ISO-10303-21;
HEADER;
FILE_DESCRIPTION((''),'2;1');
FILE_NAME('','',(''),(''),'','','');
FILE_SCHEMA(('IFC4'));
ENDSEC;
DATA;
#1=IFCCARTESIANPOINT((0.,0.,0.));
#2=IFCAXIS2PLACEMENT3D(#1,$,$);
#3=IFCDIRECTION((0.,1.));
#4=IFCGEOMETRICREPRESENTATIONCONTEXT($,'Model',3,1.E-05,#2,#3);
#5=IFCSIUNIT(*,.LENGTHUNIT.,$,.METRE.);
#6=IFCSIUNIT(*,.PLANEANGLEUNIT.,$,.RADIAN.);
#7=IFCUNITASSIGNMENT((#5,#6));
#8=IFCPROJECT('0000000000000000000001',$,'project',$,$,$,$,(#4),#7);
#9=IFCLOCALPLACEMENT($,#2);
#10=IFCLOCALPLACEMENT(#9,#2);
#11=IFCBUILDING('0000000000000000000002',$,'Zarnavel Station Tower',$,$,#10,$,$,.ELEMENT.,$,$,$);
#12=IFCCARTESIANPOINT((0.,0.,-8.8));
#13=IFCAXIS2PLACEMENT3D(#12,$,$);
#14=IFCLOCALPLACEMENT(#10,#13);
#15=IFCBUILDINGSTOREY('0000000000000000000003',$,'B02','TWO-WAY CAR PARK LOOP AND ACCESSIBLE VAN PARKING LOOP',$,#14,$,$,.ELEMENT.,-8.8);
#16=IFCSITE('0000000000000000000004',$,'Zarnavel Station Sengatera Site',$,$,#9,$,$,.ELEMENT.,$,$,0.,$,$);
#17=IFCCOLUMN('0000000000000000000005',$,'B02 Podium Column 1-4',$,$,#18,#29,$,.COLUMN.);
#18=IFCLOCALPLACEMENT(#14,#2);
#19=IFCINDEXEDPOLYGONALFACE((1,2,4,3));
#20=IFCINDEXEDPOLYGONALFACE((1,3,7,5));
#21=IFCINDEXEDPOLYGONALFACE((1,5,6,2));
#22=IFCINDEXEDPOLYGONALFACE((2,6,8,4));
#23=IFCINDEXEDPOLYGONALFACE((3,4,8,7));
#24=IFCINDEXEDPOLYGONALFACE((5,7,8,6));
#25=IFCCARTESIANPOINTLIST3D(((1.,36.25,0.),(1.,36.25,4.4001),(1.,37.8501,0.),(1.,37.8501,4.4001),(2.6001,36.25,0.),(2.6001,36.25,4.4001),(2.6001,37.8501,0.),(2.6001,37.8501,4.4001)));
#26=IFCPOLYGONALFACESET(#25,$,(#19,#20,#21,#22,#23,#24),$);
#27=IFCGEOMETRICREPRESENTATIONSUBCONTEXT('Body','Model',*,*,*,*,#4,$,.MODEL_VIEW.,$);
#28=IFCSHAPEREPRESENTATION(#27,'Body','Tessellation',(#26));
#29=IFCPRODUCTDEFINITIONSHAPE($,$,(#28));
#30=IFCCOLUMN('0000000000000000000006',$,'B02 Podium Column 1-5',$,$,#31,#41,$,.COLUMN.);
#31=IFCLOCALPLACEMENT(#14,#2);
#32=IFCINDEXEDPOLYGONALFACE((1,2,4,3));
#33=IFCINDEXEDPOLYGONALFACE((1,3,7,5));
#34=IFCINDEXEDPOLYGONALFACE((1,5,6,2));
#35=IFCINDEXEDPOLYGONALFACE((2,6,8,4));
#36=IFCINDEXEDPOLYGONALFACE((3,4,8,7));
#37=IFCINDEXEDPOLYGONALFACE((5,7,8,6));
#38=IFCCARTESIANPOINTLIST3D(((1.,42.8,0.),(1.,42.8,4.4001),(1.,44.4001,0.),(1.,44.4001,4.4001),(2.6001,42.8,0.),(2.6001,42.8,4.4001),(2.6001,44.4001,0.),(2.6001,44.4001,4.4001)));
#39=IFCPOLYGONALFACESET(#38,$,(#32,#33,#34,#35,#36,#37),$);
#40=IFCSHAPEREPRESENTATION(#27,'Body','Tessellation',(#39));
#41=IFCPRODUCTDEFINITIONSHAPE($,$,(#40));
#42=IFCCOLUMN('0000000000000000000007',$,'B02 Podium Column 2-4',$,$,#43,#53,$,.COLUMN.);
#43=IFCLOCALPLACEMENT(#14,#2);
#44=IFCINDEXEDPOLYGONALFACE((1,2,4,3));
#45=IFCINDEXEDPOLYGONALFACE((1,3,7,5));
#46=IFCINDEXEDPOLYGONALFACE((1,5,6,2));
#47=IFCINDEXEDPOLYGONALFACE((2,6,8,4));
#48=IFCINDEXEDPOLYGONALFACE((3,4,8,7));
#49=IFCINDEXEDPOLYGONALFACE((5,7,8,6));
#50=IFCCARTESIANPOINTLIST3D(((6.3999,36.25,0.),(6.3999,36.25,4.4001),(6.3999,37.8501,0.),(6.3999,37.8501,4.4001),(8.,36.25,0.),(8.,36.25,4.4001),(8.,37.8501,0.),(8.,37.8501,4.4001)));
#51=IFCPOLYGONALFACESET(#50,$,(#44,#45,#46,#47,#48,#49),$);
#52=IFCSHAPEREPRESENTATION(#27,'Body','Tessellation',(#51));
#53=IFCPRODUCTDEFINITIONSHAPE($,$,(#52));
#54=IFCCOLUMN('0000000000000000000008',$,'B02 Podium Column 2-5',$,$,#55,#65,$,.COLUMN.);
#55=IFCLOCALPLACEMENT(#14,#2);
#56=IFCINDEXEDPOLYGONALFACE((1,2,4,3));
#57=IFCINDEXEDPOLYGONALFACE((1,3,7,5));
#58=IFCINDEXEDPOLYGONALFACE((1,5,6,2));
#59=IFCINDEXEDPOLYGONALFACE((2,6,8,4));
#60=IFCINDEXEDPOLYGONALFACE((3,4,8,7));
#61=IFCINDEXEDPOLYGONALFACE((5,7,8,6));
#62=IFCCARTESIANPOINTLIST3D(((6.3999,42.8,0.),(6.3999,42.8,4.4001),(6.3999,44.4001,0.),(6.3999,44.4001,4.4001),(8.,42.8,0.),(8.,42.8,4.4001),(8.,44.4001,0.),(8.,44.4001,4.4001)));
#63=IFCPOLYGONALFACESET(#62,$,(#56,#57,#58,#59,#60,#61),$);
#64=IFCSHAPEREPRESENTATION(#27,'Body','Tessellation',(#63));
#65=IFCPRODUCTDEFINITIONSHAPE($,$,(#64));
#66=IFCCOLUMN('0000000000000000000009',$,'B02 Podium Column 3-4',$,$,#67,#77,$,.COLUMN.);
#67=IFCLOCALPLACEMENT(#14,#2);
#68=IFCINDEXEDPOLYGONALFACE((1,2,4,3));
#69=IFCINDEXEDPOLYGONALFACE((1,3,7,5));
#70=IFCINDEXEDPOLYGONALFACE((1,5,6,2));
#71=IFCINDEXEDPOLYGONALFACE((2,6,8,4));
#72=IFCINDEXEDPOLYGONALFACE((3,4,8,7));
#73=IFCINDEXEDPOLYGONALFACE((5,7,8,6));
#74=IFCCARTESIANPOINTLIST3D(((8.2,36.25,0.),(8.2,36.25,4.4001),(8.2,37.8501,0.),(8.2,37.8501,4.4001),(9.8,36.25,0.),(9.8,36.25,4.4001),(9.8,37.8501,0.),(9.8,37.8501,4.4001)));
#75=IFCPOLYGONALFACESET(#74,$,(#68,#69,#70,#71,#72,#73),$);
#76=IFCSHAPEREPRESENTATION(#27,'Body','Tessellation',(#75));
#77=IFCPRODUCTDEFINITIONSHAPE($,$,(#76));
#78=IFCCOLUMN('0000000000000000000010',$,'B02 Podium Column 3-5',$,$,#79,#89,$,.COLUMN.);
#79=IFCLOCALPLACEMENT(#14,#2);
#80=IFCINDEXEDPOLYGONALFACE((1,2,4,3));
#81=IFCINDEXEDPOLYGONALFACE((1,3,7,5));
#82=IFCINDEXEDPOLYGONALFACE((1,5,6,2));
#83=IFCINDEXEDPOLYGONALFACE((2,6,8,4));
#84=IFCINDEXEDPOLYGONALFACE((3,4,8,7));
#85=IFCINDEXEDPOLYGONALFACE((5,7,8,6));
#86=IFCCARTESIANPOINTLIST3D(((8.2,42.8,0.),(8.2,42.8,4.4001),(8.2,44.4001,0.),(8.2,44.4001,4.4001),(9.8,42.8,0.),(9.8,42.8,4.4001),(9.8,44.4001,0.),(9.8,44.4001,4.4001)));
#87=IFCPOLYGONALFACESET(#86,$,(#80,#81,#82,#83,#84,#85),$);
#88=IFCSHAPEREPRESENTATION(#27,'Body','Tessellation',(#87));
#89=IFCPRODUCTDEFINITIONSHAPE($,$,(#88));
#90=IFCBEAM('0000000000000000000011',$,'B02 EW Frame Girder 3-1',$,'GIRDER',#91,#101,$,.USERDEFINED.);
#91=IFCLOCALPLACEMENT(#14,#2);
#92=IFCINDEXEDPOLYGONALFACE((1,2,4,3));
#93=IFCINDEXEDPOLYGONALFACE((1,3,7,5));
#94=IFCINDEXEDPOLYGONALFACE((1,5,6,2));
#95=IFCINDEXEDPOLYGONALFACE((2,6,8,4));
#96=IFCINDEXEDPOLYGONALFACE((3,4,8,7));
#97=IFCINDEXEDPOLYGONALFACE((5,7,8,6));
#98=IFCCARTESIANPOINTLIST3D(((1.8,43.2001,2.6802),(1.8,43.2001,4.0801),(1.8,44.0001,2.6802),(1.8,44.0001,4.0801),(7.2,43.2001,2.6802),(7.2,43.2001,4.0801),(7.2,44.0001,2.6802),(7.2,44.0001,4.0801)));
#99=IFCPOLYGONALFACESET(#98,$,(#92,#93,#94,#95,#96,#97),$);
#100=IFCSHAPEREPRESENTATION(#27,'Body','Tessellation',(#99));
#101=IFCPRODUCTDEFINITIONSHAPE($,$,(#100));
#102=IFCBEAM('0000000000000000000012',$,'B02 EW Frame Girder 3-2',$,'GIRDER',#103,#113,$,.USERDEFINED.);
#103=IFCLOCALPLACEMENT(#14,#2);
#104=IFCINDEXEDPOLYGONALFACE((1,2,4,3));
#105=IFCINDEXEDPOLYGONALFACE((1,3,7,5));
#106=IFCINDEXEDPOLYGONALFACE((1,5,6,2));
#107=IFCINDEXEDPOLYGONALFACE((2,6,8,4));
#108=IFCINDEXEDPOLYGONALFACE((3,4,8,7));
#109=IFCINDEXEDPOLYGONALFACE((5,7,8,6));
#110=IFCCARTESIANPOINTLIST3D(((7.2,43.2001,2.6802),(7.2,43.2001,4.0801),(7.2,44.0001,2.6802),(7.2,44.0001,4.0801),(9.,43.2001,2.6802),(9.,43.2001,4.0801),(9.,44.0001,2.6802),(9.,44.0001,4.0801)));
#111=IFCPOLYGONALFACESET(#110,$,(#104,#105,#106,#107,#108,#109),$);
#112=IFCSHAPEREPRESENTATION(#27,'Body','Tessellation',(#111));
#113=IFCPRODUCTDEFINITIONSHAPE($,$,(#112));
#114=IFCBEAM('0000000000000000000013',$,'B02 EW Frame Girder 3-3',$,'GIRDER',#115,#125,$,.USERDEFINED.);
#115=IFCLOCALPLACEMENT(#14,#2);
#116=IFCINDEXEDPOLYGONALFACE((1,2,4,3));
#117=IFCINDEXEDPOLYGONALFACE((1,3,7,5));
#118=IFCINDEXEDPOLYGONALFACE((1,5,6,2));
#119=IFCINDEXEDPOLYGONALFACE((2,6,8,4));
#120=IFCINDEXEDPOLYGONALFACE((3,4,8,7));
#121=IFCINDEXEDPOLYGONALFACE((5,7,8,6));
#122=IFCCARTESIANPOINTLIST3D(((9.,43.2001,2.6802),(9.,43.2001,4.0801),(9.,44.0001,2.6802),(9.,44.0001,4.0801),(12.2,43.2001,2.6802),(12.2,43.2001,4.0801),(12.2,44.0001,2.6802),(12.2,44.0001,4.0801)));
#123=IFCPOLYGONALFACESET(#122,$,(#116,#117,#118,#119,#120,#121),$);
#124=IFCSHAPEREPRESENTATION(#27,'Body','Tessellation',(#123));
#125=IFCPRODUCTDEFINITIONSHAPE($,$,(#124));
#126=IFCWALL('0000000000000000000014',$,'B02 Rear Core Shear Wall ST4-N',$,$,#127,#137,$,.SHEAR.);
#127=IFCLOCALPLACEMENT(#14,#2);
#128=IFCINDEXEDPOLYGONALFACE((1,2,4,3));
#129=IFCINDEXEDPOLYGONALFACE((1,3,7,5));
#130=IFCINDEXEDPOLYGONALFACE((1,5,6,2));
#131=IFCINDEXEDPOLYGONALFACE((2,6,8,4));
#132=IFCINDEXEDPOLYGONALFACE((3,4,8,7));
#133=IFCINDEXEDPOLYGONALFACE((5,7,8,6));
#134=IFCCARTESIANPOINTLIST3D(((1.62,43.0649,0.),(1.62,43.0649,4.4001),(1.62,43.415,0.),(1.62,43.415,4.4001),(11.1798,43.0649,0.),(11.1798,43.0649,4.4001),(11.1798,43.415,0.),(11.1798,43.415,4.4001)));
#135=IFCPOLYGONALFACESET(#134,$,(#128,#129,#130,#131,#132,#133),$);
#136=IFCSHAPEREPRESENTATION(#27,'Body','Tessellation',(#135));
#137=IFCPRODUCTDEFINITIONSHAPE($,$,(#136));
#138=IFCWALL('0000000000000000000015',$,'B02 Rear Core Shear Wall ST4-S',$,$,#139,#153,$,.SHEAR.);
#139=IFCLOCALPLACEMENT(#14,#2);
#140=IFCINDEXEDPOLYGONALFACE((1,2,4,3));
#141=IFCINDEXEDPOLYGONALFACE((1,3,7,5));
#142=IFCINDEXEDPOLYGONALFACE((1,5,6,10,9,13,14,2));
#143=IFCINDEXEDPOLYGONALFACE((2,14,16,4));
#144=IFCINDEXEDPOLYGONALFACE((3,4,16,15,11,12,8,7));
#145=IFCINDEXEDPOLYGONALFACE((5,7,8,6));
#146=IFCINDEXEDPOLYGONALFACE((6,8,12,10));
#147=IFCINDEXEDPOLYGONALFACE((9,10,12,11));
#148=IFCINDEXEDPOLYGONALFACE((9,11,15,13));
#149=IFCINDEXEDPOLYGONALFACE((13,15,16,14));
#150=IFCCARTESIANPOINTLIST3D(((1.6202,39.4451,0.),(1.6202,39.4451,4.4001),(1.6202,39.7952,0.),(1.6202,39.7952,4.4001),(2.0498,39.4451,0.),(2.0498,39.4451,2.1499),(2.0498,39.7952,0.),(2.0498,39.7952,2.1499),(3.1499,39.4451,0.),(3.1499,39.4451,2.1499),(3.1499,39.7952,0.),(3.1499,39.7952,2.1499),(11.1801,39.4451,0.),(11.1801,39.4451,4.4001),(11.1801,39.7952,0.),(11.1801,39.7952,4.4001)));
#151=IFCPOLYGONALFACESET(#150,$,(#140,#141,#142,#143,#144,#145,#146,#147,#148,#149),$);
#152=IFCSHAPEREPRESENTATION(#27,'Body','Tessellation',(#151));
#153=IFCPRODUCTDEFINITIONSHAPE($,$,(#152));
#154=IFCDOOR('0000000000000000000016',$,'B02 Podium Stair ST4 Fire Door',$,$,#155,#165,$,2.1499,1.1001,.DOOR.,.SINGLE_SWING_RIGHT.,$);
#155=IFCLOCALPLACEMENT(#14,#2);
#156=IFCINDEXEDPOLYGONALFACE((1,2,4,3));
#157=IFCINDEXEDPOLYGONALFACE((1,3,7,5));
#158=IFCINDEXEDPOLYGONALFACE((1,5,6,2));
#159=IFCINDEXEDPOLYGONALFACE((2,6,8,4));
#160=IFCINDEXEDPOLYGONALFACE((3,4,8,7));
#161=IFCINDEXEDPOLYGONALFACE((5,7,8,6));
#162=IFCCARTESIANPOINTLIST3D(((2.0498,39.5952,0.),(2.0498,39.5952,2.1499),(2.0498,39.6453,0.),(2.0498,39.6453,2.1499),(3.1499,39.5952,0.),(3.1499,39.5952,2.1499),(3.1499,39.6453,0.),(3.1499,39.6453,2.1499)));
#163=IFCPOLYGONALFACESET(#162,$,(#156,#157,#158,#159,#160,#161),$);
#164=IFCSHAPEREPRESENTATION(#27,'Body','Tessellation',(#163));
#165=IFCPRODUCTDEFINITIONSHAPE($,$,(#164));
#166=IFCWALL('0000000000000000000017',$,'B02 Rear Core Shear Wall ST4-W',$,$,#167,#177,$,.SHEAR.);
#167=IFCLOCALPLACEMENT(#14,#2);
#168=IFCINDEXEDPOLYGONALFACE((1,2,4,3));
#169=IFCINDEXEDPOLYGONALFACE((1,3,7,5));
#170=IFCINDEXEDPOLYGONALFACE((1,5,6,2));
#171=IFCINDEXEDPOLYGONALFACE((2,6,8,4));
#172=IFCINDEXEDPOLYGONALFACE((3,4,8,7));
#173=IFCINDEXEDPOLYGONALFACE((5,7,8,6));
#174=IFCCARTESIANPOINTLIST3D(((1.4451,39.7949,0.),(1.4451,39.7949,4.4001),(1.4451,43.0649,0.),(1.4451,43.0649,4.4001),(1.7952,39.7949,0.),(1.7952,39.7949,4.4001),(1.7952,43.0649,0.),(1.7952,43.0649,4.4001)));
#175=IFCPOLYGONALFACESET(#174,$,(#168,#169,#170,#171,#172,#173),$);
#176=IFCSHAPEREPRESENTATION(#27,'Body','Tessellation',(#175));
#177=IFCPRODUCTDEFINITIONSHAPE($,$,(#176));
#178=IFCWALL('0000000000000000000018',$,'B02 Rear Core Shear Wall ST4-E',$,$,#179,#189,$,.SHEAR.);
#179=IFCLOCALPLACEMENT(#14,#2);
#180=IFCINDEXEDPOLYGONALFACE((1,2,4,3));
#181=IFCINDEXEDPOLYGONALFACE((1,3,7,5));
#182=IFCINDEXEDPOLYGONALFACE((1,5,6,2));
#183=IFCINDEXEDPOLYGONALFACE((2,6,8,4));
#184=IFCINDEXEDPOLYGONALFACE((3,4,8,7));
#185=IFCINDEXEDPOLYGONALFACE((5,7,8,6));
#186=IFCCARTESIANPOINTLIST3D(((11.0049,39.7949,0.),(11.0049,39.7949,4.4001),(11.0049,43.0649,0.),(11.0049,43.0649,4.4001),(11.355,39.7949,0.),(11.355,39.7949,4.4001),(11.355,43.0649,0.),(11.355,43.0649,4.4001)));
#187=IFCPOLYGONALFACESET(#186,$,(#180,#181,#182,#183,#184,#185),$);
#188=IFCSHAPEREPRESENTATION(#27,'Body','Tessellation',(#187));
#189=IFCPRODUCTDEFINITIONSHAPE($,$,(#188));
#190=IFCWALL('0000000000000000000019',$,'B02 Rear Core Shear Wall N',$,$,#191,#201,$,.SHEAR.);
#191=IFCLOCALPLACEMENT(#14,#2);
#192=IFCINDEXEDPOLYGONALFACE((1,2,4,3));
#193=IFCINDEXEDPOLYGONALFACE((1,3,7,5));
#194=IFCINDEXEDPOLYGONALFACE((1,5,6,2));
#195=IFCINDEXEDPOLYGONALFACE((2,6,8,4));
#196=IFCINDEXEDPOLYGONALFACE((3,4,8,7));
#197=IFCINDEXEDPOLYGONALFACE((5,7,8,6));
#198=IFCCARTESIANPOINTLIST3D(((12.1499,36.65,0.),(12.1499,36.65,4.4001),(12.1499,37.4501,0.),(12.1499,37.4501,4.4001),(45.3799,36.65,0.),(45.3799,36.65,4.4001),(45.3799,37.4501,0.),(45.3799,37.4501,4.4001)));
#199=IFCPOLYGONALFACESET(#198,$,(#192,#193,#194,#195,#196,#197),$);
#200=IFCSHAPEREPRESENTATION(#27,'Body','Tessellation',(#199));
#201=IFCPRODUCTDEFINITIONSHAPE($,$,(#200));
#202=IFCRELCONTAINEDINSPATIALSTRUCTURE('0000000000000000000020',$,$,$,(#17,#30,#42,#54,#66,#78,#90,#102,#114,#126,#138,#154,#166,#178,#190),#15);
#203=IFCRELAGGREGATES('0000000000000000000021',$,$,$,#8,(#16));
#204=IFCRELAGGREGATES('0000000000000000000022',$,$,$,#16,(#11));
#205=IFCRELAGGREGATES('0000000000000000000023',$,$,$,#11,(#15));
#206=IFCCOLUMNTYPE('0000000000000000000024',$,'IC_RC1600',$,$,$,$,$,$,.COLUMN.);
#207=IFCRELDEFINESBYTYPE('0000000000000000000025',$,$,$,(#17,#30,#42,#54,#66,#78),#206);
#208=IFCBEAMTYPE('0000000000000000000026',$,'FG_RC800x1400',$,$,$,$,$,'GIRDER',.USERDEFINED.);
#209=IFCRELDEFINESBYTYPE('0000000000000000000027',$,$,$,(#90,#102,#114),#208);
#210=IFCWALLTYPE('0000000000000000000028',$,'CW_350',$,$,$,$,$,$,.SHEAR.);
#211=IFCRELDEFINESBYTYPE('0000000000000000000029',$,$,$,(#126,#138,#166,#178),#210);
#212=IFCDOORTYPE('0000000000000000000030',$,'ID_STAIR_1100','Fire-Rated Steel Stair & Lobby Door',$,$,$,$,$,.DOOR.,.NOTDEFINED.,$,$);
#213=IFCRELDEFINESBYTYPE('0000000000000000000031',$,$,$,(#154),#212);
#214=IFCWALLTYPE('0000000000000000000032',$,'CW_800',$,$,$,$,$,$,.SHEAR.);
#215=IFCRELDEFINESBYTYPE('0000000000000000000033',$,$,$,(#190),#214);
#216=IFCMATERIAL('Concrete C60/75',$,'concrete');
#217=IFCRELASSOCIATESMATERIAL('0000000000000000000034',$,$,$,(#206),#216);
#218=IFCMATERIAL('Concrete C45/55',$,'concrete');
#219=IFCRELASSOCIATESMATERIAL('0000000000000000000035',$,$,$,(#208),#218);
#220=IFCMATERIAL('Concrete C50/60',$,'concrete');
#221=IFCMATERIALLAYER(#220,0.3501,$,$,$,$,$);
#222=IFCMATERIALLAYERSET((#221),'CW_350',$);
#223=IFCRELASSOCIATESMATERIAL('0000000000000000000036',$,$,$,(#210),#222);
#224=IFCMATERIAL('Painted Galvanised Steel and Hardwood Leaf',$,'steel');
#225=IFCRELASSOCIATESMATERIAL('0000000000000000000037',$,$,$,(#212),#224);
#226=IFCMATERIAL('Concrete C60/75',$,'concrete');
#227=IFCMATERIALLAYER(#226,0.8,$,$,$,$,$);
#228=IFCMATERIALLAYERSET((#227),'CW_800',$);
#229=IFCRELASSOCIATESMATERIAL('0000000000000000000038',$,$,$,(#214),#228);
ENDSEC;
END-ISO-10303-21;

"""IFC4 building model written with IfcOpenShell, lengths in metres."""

from ifc_helpers import new_model, si_unit, direction, frame, frame_2d, origin, origin_2d, place, context, subcontext, project, spatial, rectangle, extrude, material, layer, layer_set, material_profile, profile_set, type_object, element, fill, save


model = new_model("IFC4")

# Units and contexts
model_context = context("Model", 3, precision=1e-05, world=origin(), true_north=direction((0.0, 1.0)))
body_context = subcontext(model_context, "Body", "Model", "MODEL_VIEW")
ifc_project = project(units=[si_unit("LENGTHUNIT", "METRE"), si_unit("PLANEANGLEUNIT", "RADIAN")], contexts=[model_context])

# Site, building, storey
site_placement = place(None, origin())
site = spatial("IfcSite", under=ifc_project, at=site_placement, Name="Zarnavel Station Sengatera Site", CompositionType="ELEMENT", RefElevation=0.0)
building_placement = place(site_placement, origin())
building = spatial("IfcBuilding", under=site, at=building_placement, Name="Zarnavel Station Tower", CompositionType="ELEMENT")
storey_placement = place(building_placement, frame((0.0, 0.0, -8.8)))
storey = spatial("IfcBuildingStorey", under=building, at=storey_placement, Name="B02", Description="TWO-WAY CAR PARK LOOP AND ACCESSIBLE VAN PARKING LOOP", CompositionType="ELEMENT", Elevation=-8.8)

# Columns
ifc_material_1 = material(Name="Concrete C60/75", Category="concrete")
ifc_material_profile_1 = material_profile(ifc_material_1, rectangle(XDim=1.6001, YDim=1.6001, at=origin_2d()), Name="RC1600x1600")
ifc_profile_set_1 = profile_set([ifc_material_profile_1], Name="Concrete C60/75")
column_type = type_object("IfcColumnType", Name="IC_RC1600", PredefinedType="COLUMN", material=ifc_profile_set_1)
for number, where, z_axis, x_axis, name in (
    (1, (1.8, 37.05, 0.0), (0.0, 0.0, 1.0), (1.0, 0.0, 0.0), "B02 Podium Column 1-4"),
    (2, (1.8, 43.6001, 0.0), (0.0, 0.0, 1.0), (1.0, 0.0, 0.0), "B02 Podium Column 1-5"),
    (3, (7.2, 37.05, 0.0), (0.0, 0.0, 1.0), (1.0, 0.0, 0.0), "B02 Podium Column 2-4"),
    (4, (7.2, 43.6001, 0.0), (0.0, 0.0, 1.0), (1.0, 0.0, 0.0), "B02 Podium Column 2-5"),
    (5, (9.0, 37.05, 0.0), (0.0, 0.0, 1.0), (1.0, 0.0, 0.0), "B02 Podium Column 3-4"),
    (6, (9.0, 43.6001, 0.0), (0.0, 0.0, 1.0), (1.0, 0.0, 0.0), "B02 Podium Column 3-5"),
):
    element("IfcColumn", number, at=place(storey_placement, frame(where, z_axis=z_axis, x_axis=x_axis)), inside=storey, type_object=column_type, Name=name, PredefinedType="COLUMN", context=body_context, shape_type="SweptSolid", body=[
        extrude(rectangle(XDim=1.6001, YDim=1.6001, at=origin_2d()), origin(), (0.0, 0.0, 1.0), 4.4001),
    ])

# Beams
ifc_material_2 = material(Name="Concrete C45/55", Category="concrete")
ifc_material_profile_2 = material_profile(ifc_material_2, rectangle(XDim=0.8, YDim=1.3999, at=origin_2d()), Name="RC800x1400")
ifc_profile_set_2 = profile_set([ifc_material_profile_2], Name="Concrete C45/55")
beam_type = type_object("IfcBeamType", Name="FG_RC800x1400", ElementType="GIRDER", PredefinedType="USERDEFINED", material=ifc_profile_set_2)
beam_1_placement = place(storey_placement, frame((1.8, 43.6001, 3.3801), z_axis=(1.0, 0.0, 0.0), x_axis=(0.0, 1.0, 0.0)))
element("IfcBeam", 7, at=beam_1_placement, inside=storey, type_object=beam_type, Name="B02 EW Frame Girder 3-1", ObjectType="GIRDER", PredefinedType="USERDEFINED", context=body_context, shape_type="SweptSolid", body=[
    extrude(rectangle(XDim=0.8, YDim=1.3999, at=origin_2d()), origin(), (0.0, 0.0, 1.0), 5.3999),
])
beam_2_placement = place(storey_placement, frame((7.2, 43.6001, 3.3801), z_axis=(1.0, 0.0, 0.0), x_axis=(0.0, 1.0, 0.0)))
element("IfcBeam", 8, at=beam_2_placement, inside=storey, type_object=beam_type, Name="B02 EW Frame Girder 3-2", ObjectType="GIRDER", PredefinedType="USERDEFINED", context=body_context, shape_type="SweptSolid", body=[
    extrude(rectangle(XDim=0.8, YDim=1.3999, at=origin_2d()), origin(), (0.0, 0.0, 1.0), 1.8),
])
beam_3_placement = place(storey_placement, frame((9.0, 43.6001, 3.3801), z_axis=(1.0, 0.0, 0.0), x_axis=(0.0, 1.0, 0.0)))
element("IfcBeam", 9, at=beam_3_placement, inside=storey, type_object=beam_type, Name="B02 EW Frame Girder 3-3", ObjectType="GIRDER", PredefinedType="USERDEFINED", context=body_context, shape_type="SweptSolid", body=[
    extrude(rectangle(XDim=0.8, YDim=1.3999, at=origin_2d()), origin(), (0.0, 0.0, 1.0), 3.2),
])

# Wall
ifc_material_3 = material(Name="Concrete C50/60", Category="concrete")
ifc_layer_1 = layer(ifc_material_3, 0.3501)
ifc_layer_set_1 = layer_set([ifc_layer_1], Name="CW_350")
wall_type_1 = type_object("IfcWallType", Name="CW_350", PredefinedType="SHEAR", material=ifc_layer_set_1)
wall_1_placement = place(storey_placement, frame((1.6201, 43.24, 0.0), z_axis=(0.0, 0.0, 1.0), x_axis=(1.0, 0.0, 0.0)))
element("IfcWall", 10, at=wall_1_placement, inside=storey, type_object=wall_type_1, Name="B02 Rear Core Shear Wall ST4-N", PredefinedType="SHEAR", context=body_context, shape_type="SweptSolid", body=[
    extrude(rectangle(XDim=9.5598, YDim=0.3501, at=frame_2d((4.7798, 0.0))), origin(), (0.0, 0.0, 1.0), 4.4001),
])

# Wall, opening, door
wall_2_placement = place(storey_placement, frame((11.1799, 39.6201, 0.0), z_axis=(0.0, 0.0, 1.0), x_axis=(-1.0, 0.0, 0.0)))
wall_2 = element("IfcWall", 11, at=wall_2_placement, inside=storey, type_object=wall_type_1, Name="B02 Rear Core Shear Wall ST4-S", PredefinedType="SHEAR", context=body_context, shape_type="SweptSolid", body=[
    extrude(rectangle(XDim=9.5598, YDim=0.3501, at=frame_2d((4.7798, 0.0))), origin(), (0.0, 0.0, 1.0), 4.4001),
])
opening_1_placement = place(wall_2_placement, frame((8.03, 0.0, 0.0)))
opening_1 = element("IfcOpeningElement", 12, at=opening_1_placement, cuts=wall_2, PredefinedType="OPENING", context=body_context, shape_type="SweptSolid", body=[
    extrude(rectangle(XDim=1.1001, YDim=2.1499, at=frame_2d((0.55, 1.075))), frame((0.0, 0.1851, 0.0), z_axis=(0.0, -1.0, 0.0), x_axis=(1.0, 0.0, 0.0)), (0.0, 0.0, 1.0), 0.3701),
])
ifc_material_4 = material(Name="Painted Galvanised Steel and Hardwood Leaf", Category="steel")
door_type_1 = type_object("IfcDoorType", Name="ID_STAIR_1100", Description="Fire-Rated Steel Stair & Lobby Door", OperationType="NOTDEFINED", PredefinedType="DOOR", material=ifc_material_4)
door_1_placement = place(opening_1_placement, origin())
door_1 = element("IfcDoor", 13, at=door_1_placement, inside=storey, type_object=door_type_1, Name="B02 Podium Stair ST4 Fire Door", OperationType="SINGLE_SWING_RIGHT", OverallHeight=2.1499, OverallWidth=1.1001, PredefinedType="DOOR", context=body_context, shape_type="SweptSolid", body=[
    extrude(rectangle(XDim=1.1001, YDim=2.1499, at=frame_2d((0.55, 1.075))), frame((0.0, 0.0249, 0.0), z_axis=(0.0, -1.0, 0.0), x_axis=(1.0, 0.0, 0.0)), (0.0, 0.0, 1.0), 0.05),
])
fill(opening_1, door_1)

# Walls
for number, where, z_axis, x_axis, name in (
    (14, (1.6201, 39.7949, 0.0), (0.0, 0.0, 1.0), (0.0, 1.0, 0.0), "B02 Rear Core Shear Wall ST4-W"),
    (15, (11.1799, 39.7949, 0.0), (0.0, 0.0, 1.0), (0.0, 1.0, 0.0), "B02 Rear Core Shear Wall ST4-E"),
):
    element("IfcWall", number, at=place(storey_placement, frame(where, z_axis=z_axis, x_axis=x_axis)), inside=storey, type_object=wall_type_1, Name=name, PredefinedType="SHEAR", context=body_context, shape_type="SweptSolid", body=[
        extrude(rectangle(XDim=3.27, YDim=0.3501, at=frame_2d((1.635, 0.0))), origin(), (0.0, 0.0, 1.0), 4.4001),
    ])
ifc_material_5 = material(Name="Concrete C60/75", Category="concrete")
ifc_layer_2 = layer(ifc_material_5, 0.8)
ifc_layer_set_2 = layer_set([ifc_layer_2], Name="CW_800")
wall_type_2 = type_object("IfcWallType", Name="CW_800", PredefinedType="SHEAR", material=ifc_layer_set_2)
wall_3_placement = place(storey_placement, frame((12.1499, 37.05, 0.0), z_axis=(0.0, 0.0, 1.0), x_axis=(1.0, 0.0, 0.0)))
element("IfcWall", 16, at=wall_3_placement, inside=storey, type_object=wall_type_2, Name="B02 Rear Core Shear Wall N", PredefinedType="SHEAR", context=body_context, shape_type="SweptSolid", body=[
    extrude(rectangle(XDim=33.23, YDim=0.8, at=frame_2d((16.615, 0.0))), origin(), (0.0, 0.0, 1.0), 4.4001),
])

save(model, "model.ifc")
